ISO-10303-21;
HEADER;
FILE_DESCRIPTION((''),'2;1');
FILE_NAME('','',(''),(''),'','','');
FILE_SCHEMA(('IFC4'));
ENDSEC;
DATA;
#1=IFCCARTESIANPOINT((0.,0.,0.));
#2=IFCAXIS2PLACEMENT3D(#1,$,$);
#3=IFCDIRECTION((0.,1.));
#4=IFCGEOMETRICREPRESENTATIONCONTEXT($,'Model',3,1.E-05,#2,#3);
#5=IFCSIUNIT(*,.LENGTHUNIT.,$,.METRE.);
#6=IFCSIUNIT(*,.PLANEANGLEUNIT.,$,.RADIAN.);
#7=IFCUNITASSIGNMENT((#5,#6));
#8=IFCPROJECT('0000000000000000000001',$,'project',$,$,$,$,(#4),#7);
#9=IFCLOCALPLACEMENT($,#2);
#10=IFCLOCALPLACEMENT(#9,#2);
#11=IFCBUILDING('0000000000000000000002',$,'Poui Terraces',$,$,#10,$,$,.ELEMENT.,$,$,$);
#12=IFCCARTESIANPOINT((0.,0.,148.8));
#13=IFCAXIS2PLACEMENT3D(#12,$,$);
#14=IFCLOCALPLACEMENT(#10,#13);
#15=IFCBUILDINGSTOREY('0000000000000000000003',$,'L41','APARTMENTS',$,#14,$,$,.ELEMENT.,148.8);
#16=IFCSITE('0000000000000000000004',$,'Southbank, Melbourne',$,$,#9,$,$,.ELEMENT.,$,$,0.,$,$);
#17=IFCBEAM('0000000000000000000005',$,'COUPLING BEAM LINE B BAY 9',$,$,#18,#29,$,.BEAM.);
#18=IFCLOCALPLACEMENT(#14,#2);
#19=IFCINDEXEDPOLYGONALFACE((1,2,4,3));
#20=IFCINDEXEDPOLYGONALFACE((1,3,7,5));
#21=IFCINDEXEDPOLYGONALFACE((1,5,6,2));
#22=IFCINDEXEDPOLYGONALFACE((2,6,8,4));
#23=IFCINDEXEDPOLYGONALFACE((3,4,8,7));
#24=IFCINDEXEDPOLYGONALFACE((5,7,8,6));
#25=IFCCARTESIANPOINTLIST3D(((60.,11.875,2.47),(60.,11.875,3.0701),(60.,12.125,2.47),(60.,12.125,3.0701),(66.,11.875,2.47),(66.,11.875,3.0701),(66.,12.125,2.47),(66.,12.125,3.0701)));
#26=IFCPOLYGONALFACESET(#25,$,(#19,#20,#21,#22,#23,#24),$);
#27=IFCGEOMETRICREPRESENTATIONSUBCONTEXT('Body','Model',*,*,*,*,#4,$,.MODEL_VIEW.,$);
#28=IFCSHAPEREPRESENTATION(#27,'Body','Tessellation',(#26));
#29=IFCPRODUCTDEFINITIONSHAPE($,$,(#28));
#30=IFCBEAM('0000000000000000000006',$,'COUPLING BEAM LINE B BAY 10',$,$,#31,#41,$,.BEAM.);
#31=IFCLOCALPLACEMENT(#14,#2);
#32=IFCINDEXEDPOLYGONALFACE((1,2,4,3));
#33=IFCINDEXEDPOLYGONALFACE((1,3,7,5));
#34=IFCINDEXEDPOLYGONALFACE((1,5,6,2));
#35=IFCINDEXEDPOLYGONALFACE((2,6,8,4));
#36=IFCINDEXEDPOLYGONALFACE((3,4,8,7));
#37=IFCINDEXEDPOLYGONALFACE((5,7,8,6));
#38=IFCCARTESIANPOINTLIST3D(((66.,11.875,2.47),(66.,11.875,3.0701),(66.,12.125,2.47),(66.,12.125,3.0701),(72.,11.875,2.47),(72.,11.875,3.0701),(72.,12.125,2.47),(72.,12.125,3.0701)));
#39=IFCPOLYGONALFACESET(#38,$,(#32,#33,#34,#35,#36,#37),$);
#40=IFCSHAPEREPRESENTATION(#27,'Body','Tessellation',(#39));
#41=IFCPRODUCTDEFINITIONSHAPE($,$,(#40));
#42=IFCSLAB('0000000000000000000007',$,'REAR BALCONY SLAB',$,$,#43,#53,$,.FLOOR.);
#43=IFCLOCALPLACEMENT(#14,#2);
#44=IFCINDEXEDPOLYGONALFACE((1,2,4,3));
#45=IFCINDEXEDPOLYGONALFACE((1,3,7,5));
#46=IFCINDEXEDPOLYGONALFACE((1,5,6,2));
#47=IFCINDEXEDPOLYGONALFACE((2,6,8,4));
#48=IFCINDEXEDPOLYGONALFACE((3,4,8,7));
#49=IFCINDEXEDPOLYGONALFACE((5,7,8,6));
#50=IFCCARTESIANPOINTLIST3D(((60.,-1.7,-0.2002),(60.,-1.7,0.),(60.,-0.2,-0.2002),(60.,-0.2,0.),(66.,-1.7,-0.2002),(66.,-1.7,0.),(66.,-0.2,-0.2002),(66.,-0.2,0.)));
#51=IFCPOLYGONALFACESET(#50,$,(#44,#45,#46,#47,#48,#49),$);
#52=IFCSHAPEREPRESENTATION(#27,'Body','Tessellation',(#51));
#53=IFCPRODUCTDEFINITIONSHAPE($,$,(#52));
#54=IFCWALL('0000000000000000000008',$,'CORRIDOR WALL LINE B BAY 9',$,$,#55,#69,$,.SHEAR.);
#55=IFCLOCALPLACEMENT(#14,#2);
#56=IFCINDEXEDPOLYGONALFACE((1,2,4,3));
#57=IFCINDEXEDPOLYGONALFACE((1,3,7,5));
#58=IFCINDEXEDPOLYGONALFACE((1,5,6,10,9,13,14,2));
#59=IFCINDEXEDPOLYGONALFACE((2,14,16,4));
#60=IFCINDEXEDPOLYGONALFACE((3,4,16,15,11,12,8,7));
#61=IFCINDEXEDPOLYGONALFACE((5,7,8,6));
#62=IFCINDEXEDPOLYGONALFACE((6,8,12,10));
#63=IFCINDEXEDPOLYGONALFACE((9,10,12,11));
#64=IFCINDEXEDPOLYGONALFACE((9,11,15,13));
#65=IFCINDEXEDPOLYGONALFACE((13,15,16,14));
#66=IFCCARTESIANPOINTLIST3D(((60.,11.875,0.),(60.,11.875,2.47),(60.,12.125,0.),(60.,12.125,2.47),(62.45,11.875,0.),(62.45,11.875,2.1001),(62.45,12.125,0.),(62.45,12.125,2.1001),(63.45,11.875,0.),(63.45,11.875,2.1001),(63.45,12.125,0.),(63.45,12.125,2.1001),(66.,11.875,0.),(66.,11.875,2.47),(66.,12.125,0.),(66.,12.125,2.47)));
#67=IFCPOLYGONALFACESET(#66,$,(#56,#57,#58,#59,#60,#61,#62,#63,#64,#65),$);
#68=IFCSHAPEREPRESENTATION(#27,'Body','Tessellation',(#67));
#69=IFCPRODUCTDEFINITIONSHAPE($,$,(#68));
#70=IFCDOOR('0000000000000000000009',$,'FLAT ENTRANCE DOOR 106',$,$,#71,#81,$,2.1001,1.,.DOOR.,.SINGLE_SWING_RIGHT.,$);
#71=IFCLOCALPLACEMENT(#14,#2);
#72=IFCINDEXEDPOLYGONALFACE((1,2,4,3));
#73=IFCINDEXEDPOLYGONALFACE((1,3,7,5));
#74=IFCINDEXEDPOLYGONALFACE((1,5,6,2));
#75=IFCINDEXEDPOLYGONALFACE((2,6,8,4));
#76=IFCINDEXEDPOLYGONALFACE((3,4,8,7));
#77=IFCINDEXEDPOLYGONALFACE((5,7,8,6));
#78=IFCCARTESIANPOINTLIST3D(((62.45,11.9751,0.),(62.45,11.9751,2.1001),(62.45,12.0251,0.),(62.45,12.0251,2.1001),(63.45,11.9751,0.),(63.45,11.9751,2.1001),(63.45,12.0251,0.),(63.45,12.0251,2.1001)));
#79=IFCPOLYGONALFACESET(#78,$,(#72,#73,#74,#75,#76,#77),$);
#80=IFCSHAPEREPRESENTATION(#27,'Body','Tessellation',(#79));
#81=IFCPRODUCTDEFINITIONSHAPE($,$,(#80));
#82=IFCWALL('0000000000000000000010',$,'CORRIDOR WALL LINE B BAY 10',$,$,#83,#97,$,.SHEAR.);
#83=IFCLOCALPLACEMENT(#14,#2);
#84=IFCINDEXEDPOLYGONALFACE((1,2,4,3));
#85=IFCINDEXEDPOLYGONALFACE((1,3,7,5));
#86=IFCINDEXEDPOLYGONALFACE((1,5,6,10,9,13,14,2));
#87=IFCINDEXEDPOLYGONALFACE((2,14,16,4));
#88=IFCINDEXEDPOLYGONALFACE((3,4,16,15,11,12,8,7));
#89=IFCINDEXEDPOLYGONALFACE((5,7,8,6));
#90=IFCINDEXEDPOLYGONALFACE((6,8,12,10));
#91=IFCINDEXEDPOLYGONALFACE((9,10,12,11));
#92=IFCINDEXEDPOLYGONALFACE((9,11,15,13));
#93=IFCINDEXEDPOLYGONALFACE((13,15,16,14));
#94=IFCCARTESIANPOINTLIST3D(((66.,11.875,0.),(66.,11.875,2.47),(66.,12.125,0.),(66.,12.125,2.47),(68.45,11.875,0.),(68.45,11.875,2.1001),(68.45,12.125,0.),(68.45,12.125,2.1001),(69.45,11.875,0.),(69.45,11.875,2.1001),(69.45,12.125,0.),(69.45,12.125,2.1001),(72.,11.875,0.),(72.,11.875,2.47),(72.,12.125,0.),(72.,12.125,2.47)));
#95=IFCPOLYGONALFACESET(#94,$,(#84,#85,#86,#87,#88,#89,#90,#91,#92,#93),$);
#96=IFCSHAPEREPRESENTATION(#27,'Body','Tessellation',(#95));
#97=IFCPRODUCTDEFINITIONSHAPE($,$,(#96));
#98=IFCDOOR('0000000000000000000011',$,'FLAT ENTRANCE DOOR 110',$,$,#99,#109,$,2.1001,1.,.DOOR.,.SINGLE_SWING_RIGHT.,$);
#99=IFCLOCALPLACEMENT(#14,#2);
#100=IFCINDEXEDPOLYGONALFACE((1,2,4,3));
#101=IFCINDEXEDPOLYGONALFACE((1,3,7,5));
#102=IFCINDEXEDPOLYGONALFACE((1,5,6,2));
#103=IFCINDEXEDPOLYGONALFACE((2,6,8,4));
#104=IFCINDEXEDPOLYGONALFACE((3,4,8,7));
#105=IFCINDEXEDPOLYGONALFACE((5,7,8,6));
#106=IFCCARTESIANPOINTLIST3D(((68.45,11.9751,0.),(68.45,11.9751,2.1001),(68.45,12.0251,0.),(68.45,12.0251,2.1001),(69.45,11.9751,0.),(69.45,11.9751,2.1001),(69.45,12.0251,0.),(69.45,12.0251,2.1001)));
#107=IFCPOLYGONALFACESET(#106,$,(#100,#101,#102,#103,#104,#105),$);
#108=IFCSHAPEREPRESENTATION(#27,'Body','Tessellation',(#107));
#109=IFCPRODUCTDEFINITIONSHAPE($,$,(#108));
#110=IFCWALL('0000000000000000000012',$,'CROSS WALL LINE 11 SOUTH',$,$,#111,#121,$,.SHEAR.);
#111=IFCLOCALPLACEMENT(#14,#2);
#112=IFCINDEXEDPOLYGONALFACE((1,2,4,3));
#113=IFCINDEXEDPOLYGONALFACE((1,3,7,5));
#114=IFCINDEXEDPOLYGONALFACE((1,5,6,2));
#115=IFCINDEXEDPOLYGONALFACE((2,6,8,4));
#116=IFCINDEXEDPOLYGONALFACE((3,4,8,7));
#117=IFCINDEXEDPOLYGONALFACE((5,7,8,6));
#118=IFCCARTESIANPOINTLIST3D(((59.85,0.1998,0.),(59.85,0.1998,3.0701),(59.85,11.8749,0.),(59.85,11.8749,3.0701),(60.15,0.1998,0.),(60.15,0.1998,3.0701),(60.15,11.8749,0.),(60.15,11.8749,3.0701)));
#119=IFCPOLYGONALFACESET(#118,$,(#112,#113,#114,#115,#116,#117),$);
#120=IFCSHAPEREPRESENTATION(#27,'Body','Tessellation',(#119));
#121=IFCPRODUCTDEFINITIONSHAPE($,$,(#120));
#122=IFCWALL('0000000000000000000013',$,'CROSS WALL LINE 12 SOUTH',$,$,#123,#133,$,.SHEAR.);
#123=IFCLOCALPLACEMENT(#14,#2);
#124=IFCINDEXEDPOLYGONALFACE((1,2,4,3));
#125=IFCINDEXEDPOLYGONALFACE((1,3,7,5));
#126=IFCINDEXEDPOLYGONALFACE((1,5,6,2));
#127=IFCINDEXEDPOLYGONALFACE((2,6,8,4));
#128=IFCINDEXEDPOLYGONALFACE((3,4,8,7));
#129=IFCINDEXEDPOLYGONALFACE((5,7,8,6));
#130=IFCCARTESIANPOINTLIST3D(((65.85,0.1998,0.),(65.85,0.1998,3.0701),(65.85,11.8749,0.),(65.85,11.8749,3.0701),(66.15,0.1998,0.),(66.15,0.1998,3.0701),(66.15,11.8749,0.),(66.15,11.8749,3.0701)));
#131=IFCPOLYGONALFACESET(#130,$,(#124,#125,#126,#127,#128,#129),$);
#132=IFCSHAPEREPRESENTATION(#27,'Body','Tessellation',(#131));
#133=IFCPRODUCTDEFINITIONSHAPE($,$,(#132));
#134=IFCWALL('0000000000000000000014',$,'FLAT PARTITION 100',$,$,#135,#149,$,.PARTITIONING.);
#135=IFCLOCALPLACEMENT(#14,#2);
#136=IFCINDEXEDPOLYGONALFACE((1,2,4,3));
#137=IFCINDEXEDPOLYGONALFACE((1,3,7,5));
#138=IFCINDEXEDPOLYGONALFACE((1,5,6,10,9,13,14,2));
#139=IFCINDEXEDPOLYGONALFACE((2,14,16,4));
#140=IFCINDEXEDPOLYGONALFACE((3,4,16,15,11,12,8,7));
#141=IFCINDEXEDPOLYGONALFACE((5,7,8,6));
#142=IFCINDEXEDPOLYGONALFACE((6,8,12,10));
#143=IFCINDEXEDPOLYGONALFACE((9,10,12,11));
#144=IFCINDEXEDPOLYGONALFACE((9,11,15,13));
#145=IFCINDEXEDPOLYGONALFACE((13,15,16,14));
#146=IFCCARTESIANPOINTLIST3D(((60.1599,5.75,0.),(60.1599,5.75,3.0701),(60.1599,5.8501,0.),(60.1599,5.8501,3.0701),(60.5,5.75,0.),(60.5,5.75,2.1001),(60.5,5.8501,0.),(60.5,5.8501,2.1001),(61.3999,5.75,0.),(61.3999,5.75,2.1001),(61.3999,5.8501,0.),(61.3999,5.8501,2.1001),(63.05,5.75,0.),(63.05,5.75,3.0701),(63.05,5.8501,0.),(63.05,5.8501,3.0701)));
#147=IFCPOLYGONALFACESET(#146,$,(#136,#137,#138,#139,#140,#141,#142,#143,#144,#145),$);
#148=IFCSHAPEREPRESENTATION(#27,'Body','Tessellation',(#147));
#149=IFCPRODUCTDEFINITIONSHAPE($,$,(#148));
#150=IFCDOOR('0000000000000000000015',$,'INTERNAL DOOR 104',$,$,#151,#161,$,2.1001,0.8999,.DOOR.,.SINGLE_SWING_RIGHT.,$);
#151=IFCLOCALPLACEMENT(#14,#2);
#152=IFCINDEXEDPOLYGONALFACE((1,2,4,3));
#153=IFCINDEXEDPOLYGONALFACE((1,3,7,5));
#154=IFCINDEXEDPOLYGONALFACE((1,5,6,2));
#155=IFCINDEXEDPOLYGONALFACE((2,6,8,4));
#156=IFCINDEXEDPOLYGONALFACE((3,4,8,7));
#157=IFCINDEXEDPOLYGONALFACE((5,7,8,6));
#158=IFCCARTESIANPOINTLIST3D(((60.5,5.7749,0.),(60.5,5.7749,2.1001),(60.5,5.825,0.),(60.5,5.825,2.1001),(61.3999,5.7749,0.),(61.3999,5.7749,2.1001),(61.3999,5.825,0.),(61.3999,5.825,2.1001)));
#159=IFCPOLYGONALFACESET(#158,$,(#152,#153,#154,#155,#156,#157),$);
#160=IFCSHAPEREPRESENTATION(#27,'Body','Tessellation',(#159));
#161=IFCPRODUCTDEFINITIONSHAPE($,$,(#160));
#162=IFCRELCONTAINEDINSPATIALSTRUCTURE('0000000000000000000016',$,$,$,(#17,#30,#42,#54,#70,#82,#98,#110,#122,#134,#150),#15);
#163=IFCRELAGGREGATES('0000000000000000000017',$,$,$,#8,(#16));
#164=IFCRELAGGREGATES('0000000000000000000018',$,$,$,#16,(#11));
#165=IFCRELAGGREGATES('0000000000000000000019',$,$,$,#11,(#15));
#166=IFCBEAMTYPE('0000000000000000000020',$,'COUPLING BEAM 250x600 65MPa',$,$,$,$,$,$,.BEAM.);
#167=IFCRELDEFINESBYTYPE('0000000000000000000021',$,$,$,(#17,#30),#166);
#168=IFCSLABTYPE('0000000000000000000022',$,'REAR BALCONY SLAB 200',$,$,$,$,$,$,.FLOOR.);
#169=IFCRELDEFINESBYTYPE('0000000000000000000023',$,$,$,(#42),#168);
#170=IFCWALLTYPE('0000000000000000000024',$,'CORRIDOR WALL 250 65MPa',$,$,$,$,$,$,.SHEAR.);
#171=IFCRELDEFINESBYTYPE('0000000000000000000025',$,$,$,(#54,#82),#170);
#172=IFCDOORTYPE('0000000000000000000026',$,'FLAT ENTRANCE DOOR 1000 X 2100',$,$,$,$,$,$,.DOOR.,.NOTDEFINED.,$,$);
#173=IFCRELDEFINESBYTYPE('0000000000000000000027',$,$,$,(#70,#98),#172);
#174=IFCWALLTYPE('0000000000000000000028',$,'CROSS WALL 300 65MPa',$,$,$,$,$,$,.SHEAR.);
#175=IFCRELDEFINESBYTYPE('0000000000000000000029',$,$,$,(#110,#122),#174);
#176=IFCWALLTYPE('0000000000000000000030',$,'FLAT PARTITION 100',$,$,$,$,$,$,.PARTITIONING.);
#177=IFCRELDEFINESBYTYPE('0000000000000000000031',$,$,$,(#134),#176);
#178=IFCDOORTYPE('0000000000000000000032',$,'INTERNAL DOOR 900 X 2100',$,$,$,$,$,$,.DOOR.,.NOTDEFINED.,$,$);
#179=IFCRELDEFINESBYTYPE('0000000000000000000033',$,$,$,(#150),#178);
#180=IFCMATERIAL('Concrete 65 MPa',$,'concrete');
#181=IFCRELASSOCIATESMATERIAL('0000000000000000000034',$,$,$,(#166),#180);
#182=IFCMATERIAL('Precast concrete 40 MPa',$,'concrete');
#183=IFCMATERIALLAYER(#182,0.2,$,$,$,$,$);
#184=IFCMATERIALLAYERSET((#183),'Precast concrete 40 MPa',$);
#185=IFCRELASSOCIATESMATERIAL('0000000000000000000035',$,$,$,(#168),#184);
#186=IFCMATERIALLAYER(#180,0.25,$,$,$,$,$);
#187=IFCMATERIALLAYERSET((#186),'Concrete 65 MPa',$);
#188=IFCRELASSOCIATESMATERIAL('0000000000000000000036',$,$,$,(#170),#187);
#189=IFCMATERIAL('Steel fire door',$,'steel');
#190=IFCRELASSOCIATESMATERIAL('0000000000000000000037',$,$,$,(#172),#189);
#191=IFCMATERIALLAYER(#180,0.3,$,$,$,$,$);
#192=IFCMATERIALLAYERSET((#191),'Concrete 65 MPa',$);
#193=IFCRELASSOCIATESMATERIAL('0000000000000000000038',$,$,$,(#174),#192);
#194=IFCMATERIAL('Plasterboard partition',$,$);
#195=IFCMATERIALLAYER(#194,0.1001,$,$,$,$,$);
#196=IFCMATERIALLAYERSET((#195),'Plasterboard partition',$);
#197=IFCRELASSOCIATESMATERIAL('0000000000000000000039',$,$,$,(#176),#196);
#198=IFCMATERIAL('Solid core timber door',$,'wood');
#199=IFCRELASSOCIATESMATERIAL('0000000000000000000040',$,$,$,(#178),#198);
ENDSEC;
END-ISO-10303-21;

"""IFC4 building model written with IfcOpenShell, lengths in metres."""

from ifc_helpers import new_model, si_unit, direction, frame, frame_2d, origin, origin_2d, place, context, subcontext, project, spatial, polyline, rectangle, outline, extrude, source, transform, mapped, material, layer, layer_set, material_profile, profile_set, type_object, element, fill, save


model = new_model("IFC4")

# Units and contexts
model_context = context("Model", 3, precision=1e-05, world=origin(), true_north=direction((0.0, 1.0)))
body_context = subcontext(model_context, "Body", "Model", "MODEL_VIEW")
ifc_project = project(units=[si_unit("LENGTHUNIT", "METRE"), si_unit("PLANEANGLEUNIT", "RADIAN")], contexts=[model_context])

# Site, building, storey
site_placement = place(None, origin())
site = spatial("IfcSite", under=ifc_project, at=site_placement, Name="Southbank, Melbourne", CompositionType="ELEMENT", RefElevation=0.0)
building_placement = place(site_placement, origin())
building = spatial("IfcBuilding", under=site, at=building_placement, Name="Poui Terraces", CompositionType="ELEMENT")
storey_placement = place(building_placement, frame((0.0, 0.0, 148.8)))
storey = spatial("IfcBuildingStorey", under=building, at=storey_placement, Name="L41", Description="APARTMENTS", CompositionType="ELEMENT", Elevation=148.8)

# Beams
ifc_material_1 = material(Name="Concrete 65 MPa", Category="concrete")
ifc_material_profile_1 = material_profile(ifc_material_1, rectangle(XDim=0.25, YDim=0.6001, at=origin_2d()), Name="RC 250x600")
ifc_profile_set_1 = profile_set([ifc_material_profile_1], Name="Concrete 65 MPa")
beam_type = type_object("IfcBeamType", Name="COUPLING BEAM 250x600 65MPa", PredefinedType="BEAM", material=ifc_profile_set_1)
shared_shape_1 = source(origin(), body_context, "Body", "SweptSolid", [
    extrude(rectangle(XDim=0.25, YDim=0.6001, at=origin_2d()), origin(), (0.0, 0.0, 1.0), 6.0),
])
for number, where, z_axis, x_axis, name in (
    (1, (60.0, 12.0, 2.77), (1.0, 0.0, 0.0), (0.0, 1.0, 0.0), "COUPLING BEAM LINE B BAY 9"),
    (2, (66.0, 12.0, 2.77), (1.0, 0.0, 0.0), (0.0, 1.0, 0.0), "COUPLING BEAM LINE B BAY 10"),
):
    element("IfcBeam", number, at=place(storey_placement, frame(where, z_axis=z_axis, x_axis=x_axis)), inside=storey, type_object=beam_type, Name=name, PredefinedType="BEAM", context=body_context, shape_type="MappedRepresentation", body=[
        mapped(shared_shape_1, transform((0.0, 0.0, 0.0))),
    ])

# Slab
ifc_material_2 = material(Name="Precast concrete 40 MPa", Category="concrete")
ifc_layer_1 = layer(ifc_material_2, 0.2)
ifc_layer_set_1 = layer_set([ifc_layer_1], Name="Precast concrete 40 MPa")
slab_type = type_object("IfcSlabType", Name="REAR BALCONY SLAB 200", PredefinedType="FLOOR", material=ifc_layer_set_1)
shared_shape_2 = source(origin(), body_context, "Body", "SweptSolid", [
    extrude(outline(polyline([(0.0, 0.0), (6.0, 0.0), (6.0, 1.5), (0.0, 1.5), (0.0, 0.0)])), origin(), (0.0, 0.0, 1.0), 0.2002),
])
slab_placement = place(storey_placement, frame((60.0, -1.7, -0.2002)))
element("IfcSlab", 3, at=slab_placement, inside=storey, type_object=slab_type, Name="REAR BALCONY SLAB", PredefinedType="FLOOR", context=body_context, shape_type="MappedRepresentation", body=[
    mapped(shared_shape_2, transform((0.0, 0.0, 0.0))),
])

# Walls, openings, doors
ifc_layer_2 = layer(ifc_material_1, 0.25)
ifc_layer_set_2 = layer_set([ifc_layer_2], Name="Concrete 65 MPa")
wall_type_1 = type_object("IfcWallType", Name="CORRIDOR WALL 250 65MPa", PredefinedType="SHEAR", material=ifc_layer_set_2)
wall_1_placement = place(storey_placement, frame((60.0, 12.0, 0.0), z_axis=(0.0, 0.0, 1.0), x_axis=(1.0, 0.0, 0.0)))
wall_1 = element("IfcWall", 4, at=wall_1_placement, inside=storey, type_object=wall_type_1, Name="CORRIDOR WALL LINE B BAY 9", PredefinedType="SHEAR", context=body_context, shape_type="SweptSolid", body=[
    extrude(rectangle(XDim=6.0, YDim=0.25, at=frame_2d((3.0, 0.0))), origin(), (0.0, 0.0, 1.0), 2.47),
])
opening_1_placement = place(wall_1_placement, frame((2.45, 0.0, 0.0)))
opening_1 = element("IfcOpeningElement", 5, at=opening_1_placement, cuts=wall_1, PredefinedType="OPENING", context=body_context, shape_type="SweptSolid", body=[
    extrude(rectangle(XDim=1.0, YDim=2.1001, at=frame_2d((0.5, 1.05))), frame((0.0, 0.135, 0.0), z_axis=(0.0, -1.0, 0.0), x_axis=(1.0, 0.0, 0.0)), (0.0, 0.0, 1.0), 0.27),
])
ifc_material_3 = material(Name="Steel fire door", Category="steel")
door_type_1 = type_object("IfcDoorType", Name="FLAT ENTRANCE DOOR 1000 X 2100", OperationType="NOTDEFINED", PredefinedType="DOOR", material=ifc_material_3)
door_1_placement = place(opening_1_placement, frame((1.0, 0.0, 0.0), z_axis=(0.0, 0.0, 1.0), x_axis=(-1.0, 0.0, 0.0)))
door_1 = element("IfcDoor", 6, at=door_1_placement, inside=storey, type_object=door_type_1, Name="FLAT ENTRANCE DOOR 106", OperationType="SINGLE_SWING_RIGHT", OverallHeight=2.1001, OverallWidth=1.0, PredefinedType="DOOR", context=body_context, shape_type="SweptSolid", body=[
    extrude(rectangle(XDim=1.0, YDim=2.1001, at=frame_2d((0.5, 1.05))), frame((0.0, 0.0249, 0.0), z_axis=(0.0, -1.0, 0.0), x_axis=(1.0, 0.0, 0.0)), (0.0, 0.0, 1.0), 0.05),
])
fill(opening_1, door_1)
wall_2_placement = place(storey_placement, frame((66.0, 12.0, 0.0), z_axis=(0.0, 0.0, 1.0), x_axis=(1.0, 0.0, 0.0)))
wall_2 = element("IfcWall", 7, at=wall_2_placement, inside=storey, type_object=wall_type_1, Name="CORRIDOR WALL LINE B BAY 10", PredefinedType="SHEAR", context=body_context, shape_type="SweptSolid", body=[
    extrude(rectangle(XDim=6.0, YDim=0.25, at=frame_2d((3.0, 0.0))), origin(), (0.0, 0.0, 1.0), 2.47),
])
opening_2_placement = place(wall_2_placement, frame((2.45, 0.0, 0.0)))
opening_2 = element("IfcOpeningElement", 8, at=opening_2_placement, cuts=wall_2, PredefinedType="OPENING", context=body_context, shape_type="SweptSolid", body=[
    extrude(rectangle(XDim=1.0, YDim=2.1001, at=frame_2d((0.5, 1.05))), frame((0.0, 0.135, 0.0), z_axis=(0.0, -1.0, 0.0), x_axis=(1.0, 0.0, 0.0)), (0.0, 0.0, 1.0), 0.27),
])
door_2_placement = place(opening_2_placement, frame((1.0, 0.0, 0.0), z_axis=(0.0, 0.0, 1.0), x_axis=(-1.0, 0.0, 0.0)))
door_2 = element("IfcDoor", 9, at=door_2_placement, inside=storey, type_object=door_type_1, Name="FLAT ENTRANCE DOOR 110", OperationType="SINGLE_SWING_RIGHT", OverallHeight=2.1001, OverallWidth=1.0, PredefinedType="DOOR", context=body_context, shape_type="SweptSolid", body=[
    extrude(rectangle(XDim=1.0, YDim=2.1001, at=frame_2d((0.5, 1.05))), frame((0.0, 0.0249, 0.0), z_axis=(0.0, -1.0, 0.0), x_axis=(1.0, 0.0, 0.0)), (0.0, 0.0, 1.0), 0.05),
])
fill(opening_2, door_2)

# Walls
ifc_layer_3 = layer(ifc_material_1, 0.3)
ifc_layer_set_3 = layer_set([ifc_layer_3], Name="Concrete 65 MPa")
wall_type_2 = type_object("IfcWallType", Name="CROSS WALL 300 65MPa", PredefinedType="SHEAR", material=ifc_layer_set_3)
for number, where, z_axis, x_axis, name in (
    (10, (60.0, 0.2, 0.0), (0.0, 0.0, 1.0), (0.0, 1.0, 0.0), "CROSS WALL LINE 11 SOUTH"),
    (11, (66.0, 0.2, 0.0), (0.0, 0.0, 1.0), (0.0, 1.0, 0.0), "CROSS WALL LINE 12 SOUTH"),
):
    element("IfcWall", number, at=place(storey_placement, frame(where, z_axis=z_axis, x_axis=x_axis)), inside=storey, type_object=wall_type_2, Name=name, PredefinedType="SHEAR", context=body_context, shape_type="SweptSolid", body=[
        extrude(rectangle(XDim=11.675, YDim=0.3, at=frame_2d((5.8374, 0.0))), origin(), (0.0, 0.0, 1.0), 3.0701),
    ])

# Wall, opening, door
ifc_material_4 = material(Name="Plasterboard partition")
ifc_layer_4 = layer(ifc_material_4, 0.1001)
ifc_layer_set_4 = layer_set([ifc_layer_4], Name="Plasterboard partition")
wall_type_3 = type_object("IfcWallType", Name="FLAT PARTITION 100", PredefinedType="PARTITIONING", material=ifc_layer_set_4)
wall_3_placement = place(storey_placement, frame((60.1599, 5.8, 0.0), z_axis=(0.0, 0.0, 1.0), x_axis=(1.0, 0.0, 0.0)))
wall_3 = element("IfcWall", 12, at=wall_3_placement, inside=storey, type_object=wall_type_3, Name="FLAT PARTITION 100", PredefinedType="PARTITIONING", context=body_context, shape_type="SweptSolid", body=[
    extrude(rectangle(XDim=2.8901, YDim=0.1001, at=frame_2d((1.4451, 0.0))), origin(), (0.0, 0.0, 1.0), 3.0701),
])
opening_3_placement = place(wall_3_placement, frame((0.3401, 0.0, 0.0)))
opening_3 = element("IfcOpeningElement", 13, at=opening_3_placement, cuts=wall_3, PredefinedType="OPENING", context=body_context, shape_type="SweptSolid", body=[
    extrude(rectangle(XDim=0.8999, YDim=2.1001, at=frame_2d((0.45, 1.05))), frame((0.0, 0.0601, 0.0), z_axis=(0.0, -1.0, 0.0), x_axis=(1.0, 0.0, 0.0)), (0.0, 0.0, 1.0), 0.1201),
])
ifc_material_5 = material(Name="Solid core timber door", Category="wood")
door_type_2 = type_object("IfcDoorType", Name="INTERNAL DOOR 900 X 2100", OperationType="NOTDEFINED", PredefinedType="DOOR", material=ifc_material_5)
door_3_placement = place(opening_3_placement, origin())
door_3 = element("IfcDoor", 14, at=door_3_placement, inside=storey, type_object=door_type_2, Name="INTERNAL DOOR 104", OperationType="SINGLE_SWING_RIGHT", OverallHeight=2.1001, OverallWidth=0.8999, PredefinedType="DOOR", context=body_context, shape_type="SweptSolid", body=[
    extrude(rectangle(XDim=0.8999, YDim=2.1001, at=frame_2d((0.45, 1.05))), frame((0.0, 0.0249, 0.0), z_axis=(0.0, -1.0, 0.0), x_axis=(1.0, 0.0, 0.0)), (0.0, 0.0, 1.0), 0.05),
])
fill(opening_3, door_3)

save(model, "model.ifc")
